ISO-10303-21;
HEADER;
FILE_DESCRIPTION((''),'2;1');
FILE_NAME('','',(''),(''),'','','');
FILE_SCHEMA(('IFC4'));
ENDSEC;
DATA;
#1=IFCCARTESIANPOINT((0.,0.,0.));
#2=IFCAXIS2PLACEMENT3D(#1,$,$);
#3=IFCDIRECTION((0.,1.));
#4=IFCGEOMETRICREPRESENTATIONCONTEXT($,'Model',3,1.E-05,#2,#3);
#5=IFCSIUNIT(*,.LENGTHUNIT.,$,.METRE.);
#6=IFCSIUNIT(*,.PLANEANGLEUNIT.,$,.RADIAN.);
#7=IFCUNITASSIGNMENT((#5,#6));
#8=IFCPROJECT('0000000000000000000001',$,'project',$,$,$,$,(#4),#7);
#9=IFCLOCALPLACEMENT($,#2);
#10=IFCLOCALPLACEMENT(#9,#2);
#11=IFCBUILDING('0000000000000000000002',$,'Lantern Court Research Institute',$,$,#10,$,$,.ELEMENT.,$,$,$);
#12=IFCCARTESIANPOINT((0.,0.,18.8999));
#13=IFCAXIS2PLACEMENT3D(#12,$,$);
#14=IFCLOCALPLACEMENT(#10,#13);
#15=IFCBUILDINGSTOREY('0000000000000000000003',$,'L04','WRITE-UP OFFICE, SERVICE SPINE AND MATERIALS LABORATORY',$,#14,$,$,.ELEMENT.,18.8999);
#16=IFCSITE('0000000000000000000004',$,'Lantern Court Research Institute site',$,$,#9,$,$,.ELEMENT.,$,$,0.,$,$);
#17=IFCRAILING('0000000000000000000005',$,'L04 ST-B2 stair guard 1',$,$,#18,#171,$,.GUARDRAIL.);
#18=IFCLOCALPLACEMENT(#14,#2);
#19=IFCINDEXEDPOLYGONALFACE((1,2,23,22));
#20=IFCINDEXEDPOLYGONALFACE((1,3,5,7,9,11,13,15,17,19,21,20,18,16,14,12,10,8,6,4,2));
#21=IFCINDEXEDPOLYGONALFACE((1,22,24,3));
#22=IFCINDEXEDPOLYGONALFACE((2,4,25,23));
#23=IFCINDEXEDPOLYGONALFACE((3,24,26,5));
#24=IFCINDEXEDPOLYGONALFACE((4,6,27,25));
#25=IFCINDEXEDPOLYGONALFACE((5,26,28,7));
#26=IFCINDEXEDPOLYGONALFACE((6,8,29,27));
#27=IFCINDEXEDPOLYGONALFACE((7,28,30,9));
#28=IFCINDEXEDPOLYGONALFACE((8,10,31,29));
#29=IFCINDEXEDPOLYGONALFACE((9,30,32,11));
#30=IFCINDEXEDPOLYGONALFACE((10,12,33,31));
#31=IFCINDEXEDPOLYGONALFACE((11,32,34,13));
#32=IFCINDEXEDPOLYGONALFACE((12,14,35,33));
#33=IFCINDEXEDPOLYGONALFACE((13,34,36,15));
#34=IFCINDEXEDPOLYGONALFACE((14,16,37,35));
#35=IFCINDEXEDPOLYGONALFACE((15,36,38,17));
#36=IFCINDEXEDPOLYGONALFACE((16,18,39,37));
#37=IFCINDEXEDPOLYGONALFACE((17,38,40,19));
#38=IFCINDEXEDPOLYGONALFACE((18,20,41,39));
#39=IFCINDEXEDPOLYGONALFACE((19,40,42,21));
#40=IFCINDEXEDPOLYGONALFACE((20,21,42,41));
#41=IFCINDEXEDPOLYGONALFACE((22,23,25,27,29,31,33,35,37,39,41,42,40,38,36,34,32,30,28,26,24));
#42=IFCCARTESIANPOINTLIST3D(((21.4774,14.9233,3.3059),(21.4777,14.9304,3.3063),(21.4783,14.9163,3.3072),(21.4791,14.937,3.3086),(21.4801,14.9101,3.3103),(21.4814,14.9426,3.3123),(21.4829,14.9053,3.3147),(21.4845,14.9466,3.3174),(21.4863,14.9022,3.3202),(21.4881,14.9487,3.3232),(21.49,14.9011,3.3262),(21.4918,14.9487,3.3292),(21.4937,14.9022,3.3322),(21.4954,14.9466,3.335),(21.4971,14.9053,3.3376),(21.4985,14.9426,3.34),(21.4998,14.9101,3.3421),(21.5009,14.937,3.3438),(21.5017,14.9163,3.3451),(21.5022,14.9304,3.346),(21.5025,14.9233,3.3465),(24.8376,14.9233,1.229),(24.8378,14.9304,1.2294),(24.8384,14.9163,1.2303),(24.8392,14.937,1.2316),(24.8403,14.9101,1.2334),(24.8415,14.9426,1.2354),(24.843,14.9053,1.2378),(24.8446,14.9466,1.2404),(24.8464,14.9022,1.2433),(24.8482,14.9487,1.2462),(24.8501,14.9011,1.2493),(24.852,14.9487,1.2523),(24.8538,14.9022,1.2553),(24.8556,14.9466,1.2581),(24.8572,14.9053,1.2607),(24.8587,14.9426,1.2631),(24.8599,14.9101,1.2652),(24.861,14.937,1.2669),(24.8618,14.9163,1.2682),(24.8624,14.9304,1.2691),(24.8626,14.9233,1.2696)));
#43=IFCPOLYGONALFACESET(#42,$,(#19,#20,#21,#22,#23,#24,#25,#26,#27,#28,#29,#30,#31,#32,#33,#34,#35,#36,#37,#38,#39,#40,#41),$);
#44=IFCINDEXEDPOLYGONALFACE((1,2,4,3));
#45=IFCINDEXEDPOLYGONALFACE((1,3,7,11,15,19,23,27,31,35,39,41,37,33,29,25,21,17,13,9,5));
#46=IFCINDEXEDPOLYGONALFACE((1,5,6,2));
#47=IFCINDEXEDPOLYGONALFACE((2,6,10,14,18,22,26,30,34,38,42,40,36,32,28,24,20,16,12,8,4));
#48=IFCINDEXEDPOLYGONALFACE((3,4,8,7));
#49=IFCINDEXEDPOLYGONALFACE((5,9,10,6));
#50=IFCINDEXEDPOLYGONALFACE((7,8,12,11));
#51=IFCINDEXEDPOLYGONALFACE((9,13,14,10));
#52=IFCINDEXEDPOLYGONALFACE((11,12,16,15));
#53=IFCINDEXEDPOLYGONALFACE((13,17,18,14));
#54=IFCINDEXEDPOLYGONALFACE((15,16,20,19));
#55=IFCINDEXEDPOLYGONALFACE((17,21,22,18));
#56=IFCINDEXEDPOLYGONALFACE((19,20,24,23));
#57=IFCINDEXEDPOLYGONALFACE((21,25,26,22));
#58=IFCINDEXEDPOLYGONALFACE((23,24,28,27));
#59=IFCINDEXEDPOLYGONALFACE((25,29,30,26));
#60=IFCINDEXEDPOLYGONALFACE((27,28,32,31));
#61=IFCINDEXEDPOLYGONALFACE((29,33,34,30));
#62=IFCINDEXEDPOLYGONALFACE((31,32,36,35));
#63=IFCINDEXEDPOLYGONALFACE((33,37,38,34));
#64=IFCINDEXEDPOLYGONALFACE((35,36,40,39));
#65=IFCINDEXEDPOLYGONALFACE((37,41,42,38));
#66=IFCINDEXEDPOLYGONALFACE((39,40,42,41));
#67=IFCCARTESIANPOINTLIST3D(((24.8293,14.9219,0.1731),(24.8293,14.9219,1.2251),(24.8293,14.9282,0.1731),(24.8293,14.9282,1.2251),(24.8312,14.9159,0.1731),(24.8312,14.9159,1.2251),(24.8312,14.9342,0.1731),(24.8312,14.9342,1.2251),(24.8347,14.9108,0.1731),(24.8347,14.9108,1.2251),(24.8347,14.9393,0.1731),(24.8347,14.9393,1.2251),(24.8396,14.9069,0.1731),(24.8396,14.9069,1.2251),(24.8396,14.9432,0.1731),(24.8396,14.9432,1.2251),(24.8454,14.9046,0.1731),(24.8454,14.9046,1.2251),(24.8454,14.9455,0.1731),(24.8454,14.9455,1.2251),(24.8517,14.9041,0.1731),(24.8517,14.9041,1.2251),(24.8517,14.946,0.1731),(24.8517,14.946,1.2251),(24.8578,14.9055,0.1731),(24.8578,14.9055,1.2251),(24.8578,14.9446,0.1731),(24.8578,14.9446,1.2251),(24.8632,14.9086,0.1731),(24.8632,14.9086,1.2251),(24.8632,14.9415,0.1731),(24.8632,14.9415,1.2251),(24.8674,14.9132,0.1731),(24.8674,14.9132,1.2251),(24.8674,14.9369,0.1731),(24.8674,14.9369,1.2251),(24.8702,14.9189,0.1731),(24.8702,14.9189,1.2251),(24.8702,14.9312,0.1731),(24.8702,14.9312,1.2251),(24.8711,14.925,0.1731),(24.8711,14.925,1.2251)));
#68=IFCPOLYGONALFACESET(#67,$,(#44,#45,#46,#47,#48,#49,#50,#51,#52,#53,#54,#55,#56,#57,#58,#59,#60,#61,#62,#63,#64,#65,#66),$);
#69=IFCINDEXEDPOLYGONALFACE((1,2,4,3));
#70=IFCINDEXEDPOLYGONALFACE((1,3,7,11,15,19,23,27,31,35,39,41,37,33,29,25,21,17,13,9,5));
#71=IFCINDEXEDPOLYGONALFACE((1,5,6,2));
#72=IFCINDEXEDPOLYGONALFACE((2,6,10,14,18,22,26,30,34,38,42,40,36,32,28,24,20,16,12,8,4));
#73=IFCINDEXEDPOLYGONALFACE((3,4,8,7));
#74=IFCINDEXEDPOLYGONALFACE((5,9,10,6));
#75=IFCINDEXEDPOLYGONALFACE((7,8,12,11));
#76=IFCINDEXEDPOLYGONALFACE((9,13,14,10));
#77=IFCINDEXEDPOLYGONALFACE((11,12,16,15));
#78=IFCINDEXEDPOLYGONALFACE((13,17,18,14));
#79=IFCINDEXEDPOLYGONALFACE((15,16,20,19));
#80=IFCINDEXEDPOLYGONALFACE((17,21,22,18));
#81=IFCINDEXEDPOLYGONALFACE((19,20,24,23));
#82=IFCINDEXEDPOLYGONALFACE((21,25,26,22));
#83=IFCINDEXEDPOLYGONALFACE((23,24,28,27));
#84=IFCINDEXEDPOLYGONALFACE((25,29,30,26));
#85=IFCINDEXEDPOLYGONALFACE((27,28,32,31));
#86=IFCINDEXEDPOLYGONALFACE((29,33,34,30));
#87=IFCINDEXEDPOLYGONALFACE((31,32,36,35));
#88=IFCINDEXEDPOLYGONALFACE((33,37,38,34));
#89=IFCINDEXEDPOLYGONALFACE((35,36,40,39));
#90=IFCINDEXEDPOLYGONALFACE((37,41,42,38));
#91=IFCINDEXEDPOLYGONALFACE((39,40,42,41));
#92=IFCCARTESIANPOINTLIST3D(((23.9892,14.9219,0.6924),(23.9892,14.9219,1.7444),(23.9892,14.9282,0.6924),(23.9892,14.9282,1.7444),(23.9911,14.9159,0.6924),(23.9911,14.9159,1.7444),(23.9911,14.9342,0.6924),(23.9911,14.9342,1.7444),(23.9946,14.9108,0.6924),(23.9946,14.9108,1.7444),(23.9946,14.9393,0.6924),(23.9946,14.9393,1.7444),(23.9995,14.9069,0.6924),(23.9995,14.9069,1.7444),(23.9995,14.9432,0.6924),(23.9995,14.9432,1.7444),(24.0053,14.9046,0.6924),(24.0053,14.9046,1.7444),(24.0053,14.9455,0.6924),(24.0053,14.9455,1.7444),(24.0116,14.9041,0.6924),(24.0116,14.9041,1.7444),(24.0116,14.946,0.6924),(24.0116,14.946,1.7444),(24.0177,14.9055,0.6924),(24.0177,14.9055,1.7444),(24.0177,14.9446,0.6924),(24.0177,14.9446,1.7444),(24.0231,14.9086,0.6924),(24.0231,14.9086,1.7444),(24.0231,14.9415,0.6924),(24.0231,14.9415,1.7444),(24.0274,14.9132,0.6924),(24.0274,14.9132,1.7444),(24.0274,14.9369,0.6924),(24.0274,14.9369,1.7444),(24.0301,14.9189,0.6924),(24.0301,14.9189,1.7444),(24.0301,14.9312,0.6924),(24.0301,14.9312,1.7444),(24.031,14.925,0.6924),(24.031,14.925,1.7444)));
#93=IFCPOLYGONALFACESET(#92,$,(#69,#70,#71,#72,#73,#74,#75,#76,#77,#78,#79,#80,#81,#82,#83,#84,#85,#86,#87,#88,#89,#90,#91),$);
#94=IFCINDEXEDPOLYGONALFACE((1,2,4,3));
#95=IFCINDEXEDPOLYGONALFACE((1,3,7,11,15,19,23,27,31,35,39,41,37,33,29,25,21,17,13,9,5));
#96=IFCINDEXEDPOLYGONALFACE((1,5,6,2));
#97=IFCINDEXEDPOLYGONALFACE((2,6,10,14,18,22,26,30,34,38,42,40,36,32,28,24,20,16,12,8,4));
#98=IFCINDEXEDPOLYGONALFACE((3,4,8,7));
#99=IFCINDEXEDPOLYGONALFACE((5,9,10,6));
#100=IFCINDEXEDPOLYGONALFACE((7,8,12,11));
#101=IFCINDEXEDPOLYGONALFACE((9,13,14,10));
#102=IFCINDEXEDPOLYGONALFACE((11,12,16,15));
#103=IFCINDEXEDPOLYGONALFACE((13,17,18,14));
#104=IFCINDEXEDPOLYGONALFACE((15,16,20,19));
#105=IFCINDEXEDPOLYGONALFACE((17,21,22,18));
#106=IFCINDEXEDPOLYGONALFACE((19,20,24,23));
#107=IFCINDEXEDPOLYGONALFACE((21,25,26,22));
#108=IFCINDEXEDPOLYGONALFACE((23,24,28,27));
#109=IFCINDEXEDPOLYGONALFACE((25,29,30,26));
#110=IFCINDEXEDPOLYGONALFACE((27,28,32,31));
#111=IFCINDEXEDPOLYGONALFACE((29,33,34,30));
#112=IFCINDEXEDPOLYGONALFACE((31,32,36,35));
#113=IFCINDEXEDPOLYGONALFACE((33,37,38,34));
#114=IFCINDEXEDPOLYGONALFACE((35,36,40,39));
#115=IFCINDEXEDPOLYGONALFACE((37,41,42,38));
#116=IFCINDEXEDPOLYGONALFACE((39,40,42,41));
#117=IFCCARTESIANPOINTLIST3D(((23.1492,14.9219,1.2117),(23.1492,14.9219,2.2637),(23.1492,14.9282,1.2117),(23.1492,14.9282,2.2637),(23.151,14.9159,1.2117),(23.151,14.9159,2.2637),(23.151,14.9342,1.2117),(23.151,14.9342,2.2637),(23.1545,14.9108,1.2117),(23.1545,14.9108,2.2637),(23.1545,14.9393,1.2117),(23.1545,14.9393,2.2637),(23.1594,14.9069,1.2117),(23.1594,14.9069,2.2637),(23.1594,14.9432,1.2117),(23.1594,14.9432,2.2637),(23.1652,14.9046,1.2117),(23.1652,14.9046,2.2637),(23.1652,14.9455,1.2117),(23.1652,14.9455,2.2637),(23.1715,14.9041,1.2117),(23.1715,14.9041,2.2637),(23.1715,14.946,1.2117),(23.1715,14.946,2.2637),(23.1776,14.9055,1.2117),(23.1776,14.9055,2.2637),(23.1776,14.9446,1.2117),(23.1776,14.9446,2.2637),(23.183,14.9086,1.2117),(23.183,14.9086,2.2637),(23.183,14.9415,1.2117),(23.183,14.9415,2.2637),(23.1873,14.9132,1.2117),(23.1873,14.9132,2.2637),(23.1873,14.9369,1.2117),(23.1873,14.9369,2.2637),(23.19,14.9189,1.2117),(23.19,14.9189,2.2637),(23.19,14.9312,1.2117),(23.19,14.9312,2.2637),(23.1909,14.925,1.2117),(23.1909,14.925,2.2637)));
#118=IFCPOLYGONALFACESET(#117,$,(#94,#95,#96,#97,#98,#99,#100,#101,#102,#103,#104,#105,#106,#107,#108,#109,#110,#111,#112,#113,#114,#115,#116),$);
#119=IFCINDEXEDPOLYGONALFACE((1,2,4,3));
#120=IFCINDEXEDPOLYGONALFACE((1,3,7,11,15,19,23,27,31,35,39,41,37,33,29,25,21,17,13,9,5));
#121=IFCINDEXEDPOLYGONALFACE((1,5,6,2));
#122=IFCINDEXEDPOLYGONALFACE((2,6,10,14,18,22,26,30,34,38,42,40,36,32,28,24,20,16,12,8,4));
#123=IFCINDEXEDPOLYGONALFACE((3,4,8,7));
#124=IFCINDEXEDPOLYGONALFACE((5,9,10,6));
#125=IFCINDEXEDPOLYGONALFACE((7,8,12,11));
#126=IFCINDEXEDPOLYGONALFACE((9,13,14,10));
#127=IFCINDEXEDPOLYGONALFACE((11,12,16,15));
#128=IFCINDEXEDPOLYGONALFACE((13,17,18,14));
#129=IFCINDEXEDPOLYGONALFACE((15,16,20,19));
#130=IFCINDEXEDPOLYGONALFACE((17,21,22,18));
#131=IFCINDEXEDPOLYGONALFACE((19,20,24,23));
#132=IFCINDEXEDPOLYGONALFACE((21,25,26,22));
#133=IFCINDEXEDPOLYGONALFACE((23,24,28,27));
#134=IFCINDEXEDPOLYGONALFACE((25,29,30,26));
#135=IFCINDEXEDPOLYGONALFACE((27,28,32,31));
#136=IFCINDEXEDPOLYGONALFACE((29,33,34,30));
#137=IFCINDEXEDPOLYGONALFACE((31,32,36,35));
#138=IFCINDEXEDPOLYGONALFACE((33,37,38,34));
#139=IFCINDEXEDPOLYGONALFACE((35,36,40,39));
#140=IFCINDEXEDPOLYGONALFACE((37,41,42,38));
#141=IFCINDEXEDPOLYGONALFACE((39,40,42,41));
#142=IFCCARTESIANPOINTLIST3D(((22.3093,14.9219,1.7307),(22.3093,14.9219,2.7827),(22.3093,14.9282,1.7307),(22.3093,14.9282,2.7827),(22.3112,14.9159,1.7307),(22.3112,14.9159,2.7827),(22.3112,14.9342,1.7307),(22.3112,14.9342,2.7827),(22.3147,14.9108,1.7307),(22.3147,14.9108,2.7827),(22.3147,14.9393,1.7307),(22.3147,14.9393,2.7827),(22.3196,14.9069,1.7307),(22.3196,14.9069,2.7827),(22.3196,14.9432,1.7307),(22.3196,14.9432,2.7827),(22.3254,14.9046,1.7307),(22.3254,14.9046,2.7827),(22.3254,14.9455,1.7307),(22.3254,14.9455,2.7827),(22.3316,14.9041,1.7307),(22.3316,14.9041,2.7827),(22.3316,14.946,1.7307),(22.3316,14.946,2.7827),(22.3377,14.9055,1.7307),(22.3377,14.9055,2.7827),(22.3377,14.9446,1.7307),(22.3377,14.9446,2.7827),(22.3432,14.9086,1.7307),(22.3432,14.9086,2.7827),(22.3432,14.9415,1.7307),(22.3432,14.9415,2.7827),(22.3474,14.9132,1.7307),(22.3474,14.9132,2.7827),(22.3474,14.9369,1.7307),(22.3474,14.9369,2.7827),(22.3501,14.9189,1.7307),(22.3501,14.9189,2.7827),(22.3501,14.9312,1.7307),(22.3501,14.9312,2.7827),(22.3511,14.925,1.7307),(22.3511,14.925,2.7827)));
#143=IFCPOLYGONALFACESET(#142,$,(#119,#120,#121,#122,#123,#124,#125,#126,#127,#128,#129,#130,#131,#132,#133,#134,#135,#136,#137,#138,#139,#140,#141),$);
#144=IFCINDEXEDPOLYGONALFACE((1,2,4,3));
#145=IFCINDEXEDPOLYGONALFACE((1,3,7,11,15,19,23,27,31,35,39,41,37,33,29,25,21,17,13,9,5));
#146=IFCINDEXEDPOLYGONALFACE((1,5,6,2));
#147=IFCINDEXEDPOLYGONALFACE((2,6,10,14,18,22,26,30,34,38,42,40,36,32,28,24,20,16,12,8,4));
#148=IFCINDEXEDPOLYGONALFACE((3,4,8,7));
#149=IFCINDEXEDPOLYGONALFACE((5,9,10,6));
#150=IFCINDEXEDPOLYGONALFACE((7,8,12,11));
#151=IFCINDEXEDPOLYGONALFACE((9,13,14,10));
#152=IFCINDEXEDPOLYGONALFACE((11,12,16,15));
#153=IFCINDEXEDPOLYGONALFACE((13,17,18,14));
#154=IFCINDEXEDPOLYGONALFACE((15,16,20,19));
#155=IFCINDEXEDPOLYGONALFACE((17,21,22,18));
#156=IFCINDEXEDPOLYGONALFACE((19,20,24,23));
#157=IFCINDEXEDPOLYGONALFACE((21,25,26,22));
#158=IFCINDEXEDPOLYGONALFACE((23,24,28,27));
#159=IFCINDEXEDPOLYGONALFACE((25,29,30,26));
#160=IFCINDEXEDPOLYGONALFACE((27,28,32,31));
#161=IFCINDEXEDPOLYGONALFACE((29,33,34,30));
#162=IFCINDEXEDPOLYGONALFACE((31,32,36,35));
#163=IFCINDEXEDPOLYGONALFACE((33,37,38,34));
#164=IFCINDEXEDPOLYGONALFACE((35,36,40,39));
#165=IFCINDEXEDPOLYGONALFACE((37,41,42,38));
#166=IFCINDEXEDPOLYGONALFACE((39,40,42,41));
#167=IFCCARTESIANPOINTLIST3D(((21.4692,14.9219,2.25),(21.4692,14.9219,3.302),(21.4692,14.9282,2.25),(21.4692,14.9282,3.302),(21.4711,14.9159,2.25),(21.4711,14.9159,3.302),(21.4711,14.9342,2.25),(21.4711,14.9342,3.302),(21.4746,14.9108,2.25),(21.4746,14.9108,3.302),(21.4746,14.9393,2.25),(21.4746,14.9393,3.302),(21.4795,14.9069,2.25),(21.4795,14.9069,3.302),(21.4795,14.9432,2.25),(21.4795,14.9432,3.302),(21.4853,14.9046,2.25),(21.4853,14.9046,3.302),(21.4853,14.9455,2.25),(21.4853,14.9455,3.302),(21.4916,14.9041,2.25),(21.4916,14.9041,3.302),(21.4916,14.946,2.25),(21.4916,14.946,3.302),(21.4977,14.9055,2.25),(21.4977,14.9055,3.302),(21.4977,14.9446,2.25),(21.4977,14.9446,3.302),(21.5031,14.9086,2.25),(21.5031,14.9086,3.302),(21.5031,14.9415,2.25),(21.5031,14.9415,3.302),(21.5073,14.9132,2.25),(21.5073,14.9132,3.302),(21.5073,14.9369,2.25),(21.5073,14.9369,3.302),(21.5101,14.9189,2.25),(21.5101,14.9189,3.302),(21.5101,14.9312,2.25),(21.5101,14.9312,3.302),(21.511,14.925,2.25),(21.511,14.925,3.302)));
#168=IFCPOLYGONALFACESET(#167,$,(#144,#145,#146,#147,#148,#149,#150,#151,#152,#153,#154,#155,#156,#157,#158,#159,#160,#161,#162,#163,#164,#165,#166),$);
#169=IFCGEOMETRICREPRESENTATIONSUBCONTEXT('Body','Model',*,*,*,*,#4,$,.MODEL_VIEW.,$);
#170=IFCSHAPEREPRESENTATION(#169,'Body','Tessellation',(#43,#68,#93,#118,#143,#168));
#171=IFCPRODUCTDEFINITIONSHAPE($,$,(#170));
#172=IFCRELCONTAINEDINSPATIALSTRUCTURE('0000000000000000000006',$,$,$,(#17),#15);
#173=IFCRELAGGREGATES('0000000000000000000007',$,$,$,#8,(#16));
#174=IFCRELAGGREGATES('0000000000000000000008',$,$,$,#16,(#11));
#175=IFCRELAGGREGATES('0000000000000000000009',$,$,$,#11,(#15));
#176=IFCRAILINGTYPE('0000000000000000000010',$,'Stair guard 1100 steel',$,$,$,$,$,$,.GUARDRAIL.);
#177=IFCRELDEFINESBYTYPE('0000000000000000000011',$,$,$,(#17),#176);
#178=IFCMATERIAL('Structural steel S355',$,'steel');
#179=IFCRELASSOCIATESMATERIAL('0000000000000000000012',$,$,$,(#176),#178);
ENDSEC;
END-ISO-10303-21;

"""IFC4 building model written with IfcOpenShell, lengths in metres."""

from ifc_helpers import new_model, si_unit, direction, frame, origin, origin_2d, place, context, subcontext, project, spatial, circle, extrude, material, type_object, element, save


model = new_model("IFC4")

# Units and contexts
model_context = context("Model", 3, precision=1e-05, world=origin(), true_north=direction((0.0, 1.0)))
body_context = subcontext(model_context, "Body", "Model", "MODEL_VIEW")
ifc_project = project(units=[si_unit("LENGTHUNIT", "METRE"), si_unit("PLANEANGLEUNIT", "RADIAN")], contexts=[model_context])

# Site, building, storey
site_placement = place(None, origin())
site = spatial("IfcSite", under=ifc_project, at=site_placement, Name="Lantern Court Research Institute site", CompositionType="ELEMENT", RefElevation=0.0)
building_placement = place(site_placement, origin())
building = spatial("IfcBuilding", under=site, at=building_placement, Name="Lantern Court Research Institute", CompositionType="ELEMENT")
storey_placement = place(building_placement, frame((0.0, 0.0, 18.8999)))
storey = spatial("IfcBuildingStorey", under=building, at=storey_placement, Name="L04", Description="WRITE-UP OFFICE, SERVICE SPINE AND MATERIALS LABORATORY", CompositionType="ELEMENT", Elevation=18.8999)

# Railing
ifc_material_1 = material(Name="Structural steel S355", Category="steel")
railing_type_1 = type_object("IfcRailingType", Name="Stair guard 1100 steel", PredefinedType="GUARDRAIL", material=ifc_material_1)
railing_1_placement = place(storey_placement, frame((24.8501, 14.925, 0.1731)))
element("IfcRailing", 1, at=railing_1_placement, inside=storey, type_object=railing_type_1, Name="L04 ST-B2 stair guard 1", PredefinedType="GUARDRAIL", context=body_context, shape_type="SweptSolid", body=[
    extrude(circle(Radius=0.0239, at=origin_2d()), frame((0.0, 0.0, 1.0762), z_axis=(-0.850623, 0.0, 0.525776), x_axis=(0.0, -1.0, 0.0)), (0.0, 0.0, 1.0), 3.9502),
    extrude(circle(Radius=0.021, at=origin_2d()), origin(), (0.0, 0.0, 1.0), 1.052),
    extrude(circle(Radius=0.021, at=origin_2d()), frame((-0.8401, 0.0, 0.5193)), (0.0, 0.0, 1.0), 1.052),
    extrude(circle(Radius=0.021, at=origin_2d()), frame((-1.6802, 0.0, 1.0386)), (0.0, 0.0, 1.0), 1.052),
    extrude(circle(Radius=0.021, at=origin_2d()), frame((-2.52, 0.0, 1.5576)), (0.0, 0.0, 1.0), 1.052),
    extrude(circle(Radius=0.021, at=origin_2d()), frame((-3.3601, 0.0, 2.0769)), (0.0, 0.0, 1.0), 1.052),
])

save(model, "model.ifc")
